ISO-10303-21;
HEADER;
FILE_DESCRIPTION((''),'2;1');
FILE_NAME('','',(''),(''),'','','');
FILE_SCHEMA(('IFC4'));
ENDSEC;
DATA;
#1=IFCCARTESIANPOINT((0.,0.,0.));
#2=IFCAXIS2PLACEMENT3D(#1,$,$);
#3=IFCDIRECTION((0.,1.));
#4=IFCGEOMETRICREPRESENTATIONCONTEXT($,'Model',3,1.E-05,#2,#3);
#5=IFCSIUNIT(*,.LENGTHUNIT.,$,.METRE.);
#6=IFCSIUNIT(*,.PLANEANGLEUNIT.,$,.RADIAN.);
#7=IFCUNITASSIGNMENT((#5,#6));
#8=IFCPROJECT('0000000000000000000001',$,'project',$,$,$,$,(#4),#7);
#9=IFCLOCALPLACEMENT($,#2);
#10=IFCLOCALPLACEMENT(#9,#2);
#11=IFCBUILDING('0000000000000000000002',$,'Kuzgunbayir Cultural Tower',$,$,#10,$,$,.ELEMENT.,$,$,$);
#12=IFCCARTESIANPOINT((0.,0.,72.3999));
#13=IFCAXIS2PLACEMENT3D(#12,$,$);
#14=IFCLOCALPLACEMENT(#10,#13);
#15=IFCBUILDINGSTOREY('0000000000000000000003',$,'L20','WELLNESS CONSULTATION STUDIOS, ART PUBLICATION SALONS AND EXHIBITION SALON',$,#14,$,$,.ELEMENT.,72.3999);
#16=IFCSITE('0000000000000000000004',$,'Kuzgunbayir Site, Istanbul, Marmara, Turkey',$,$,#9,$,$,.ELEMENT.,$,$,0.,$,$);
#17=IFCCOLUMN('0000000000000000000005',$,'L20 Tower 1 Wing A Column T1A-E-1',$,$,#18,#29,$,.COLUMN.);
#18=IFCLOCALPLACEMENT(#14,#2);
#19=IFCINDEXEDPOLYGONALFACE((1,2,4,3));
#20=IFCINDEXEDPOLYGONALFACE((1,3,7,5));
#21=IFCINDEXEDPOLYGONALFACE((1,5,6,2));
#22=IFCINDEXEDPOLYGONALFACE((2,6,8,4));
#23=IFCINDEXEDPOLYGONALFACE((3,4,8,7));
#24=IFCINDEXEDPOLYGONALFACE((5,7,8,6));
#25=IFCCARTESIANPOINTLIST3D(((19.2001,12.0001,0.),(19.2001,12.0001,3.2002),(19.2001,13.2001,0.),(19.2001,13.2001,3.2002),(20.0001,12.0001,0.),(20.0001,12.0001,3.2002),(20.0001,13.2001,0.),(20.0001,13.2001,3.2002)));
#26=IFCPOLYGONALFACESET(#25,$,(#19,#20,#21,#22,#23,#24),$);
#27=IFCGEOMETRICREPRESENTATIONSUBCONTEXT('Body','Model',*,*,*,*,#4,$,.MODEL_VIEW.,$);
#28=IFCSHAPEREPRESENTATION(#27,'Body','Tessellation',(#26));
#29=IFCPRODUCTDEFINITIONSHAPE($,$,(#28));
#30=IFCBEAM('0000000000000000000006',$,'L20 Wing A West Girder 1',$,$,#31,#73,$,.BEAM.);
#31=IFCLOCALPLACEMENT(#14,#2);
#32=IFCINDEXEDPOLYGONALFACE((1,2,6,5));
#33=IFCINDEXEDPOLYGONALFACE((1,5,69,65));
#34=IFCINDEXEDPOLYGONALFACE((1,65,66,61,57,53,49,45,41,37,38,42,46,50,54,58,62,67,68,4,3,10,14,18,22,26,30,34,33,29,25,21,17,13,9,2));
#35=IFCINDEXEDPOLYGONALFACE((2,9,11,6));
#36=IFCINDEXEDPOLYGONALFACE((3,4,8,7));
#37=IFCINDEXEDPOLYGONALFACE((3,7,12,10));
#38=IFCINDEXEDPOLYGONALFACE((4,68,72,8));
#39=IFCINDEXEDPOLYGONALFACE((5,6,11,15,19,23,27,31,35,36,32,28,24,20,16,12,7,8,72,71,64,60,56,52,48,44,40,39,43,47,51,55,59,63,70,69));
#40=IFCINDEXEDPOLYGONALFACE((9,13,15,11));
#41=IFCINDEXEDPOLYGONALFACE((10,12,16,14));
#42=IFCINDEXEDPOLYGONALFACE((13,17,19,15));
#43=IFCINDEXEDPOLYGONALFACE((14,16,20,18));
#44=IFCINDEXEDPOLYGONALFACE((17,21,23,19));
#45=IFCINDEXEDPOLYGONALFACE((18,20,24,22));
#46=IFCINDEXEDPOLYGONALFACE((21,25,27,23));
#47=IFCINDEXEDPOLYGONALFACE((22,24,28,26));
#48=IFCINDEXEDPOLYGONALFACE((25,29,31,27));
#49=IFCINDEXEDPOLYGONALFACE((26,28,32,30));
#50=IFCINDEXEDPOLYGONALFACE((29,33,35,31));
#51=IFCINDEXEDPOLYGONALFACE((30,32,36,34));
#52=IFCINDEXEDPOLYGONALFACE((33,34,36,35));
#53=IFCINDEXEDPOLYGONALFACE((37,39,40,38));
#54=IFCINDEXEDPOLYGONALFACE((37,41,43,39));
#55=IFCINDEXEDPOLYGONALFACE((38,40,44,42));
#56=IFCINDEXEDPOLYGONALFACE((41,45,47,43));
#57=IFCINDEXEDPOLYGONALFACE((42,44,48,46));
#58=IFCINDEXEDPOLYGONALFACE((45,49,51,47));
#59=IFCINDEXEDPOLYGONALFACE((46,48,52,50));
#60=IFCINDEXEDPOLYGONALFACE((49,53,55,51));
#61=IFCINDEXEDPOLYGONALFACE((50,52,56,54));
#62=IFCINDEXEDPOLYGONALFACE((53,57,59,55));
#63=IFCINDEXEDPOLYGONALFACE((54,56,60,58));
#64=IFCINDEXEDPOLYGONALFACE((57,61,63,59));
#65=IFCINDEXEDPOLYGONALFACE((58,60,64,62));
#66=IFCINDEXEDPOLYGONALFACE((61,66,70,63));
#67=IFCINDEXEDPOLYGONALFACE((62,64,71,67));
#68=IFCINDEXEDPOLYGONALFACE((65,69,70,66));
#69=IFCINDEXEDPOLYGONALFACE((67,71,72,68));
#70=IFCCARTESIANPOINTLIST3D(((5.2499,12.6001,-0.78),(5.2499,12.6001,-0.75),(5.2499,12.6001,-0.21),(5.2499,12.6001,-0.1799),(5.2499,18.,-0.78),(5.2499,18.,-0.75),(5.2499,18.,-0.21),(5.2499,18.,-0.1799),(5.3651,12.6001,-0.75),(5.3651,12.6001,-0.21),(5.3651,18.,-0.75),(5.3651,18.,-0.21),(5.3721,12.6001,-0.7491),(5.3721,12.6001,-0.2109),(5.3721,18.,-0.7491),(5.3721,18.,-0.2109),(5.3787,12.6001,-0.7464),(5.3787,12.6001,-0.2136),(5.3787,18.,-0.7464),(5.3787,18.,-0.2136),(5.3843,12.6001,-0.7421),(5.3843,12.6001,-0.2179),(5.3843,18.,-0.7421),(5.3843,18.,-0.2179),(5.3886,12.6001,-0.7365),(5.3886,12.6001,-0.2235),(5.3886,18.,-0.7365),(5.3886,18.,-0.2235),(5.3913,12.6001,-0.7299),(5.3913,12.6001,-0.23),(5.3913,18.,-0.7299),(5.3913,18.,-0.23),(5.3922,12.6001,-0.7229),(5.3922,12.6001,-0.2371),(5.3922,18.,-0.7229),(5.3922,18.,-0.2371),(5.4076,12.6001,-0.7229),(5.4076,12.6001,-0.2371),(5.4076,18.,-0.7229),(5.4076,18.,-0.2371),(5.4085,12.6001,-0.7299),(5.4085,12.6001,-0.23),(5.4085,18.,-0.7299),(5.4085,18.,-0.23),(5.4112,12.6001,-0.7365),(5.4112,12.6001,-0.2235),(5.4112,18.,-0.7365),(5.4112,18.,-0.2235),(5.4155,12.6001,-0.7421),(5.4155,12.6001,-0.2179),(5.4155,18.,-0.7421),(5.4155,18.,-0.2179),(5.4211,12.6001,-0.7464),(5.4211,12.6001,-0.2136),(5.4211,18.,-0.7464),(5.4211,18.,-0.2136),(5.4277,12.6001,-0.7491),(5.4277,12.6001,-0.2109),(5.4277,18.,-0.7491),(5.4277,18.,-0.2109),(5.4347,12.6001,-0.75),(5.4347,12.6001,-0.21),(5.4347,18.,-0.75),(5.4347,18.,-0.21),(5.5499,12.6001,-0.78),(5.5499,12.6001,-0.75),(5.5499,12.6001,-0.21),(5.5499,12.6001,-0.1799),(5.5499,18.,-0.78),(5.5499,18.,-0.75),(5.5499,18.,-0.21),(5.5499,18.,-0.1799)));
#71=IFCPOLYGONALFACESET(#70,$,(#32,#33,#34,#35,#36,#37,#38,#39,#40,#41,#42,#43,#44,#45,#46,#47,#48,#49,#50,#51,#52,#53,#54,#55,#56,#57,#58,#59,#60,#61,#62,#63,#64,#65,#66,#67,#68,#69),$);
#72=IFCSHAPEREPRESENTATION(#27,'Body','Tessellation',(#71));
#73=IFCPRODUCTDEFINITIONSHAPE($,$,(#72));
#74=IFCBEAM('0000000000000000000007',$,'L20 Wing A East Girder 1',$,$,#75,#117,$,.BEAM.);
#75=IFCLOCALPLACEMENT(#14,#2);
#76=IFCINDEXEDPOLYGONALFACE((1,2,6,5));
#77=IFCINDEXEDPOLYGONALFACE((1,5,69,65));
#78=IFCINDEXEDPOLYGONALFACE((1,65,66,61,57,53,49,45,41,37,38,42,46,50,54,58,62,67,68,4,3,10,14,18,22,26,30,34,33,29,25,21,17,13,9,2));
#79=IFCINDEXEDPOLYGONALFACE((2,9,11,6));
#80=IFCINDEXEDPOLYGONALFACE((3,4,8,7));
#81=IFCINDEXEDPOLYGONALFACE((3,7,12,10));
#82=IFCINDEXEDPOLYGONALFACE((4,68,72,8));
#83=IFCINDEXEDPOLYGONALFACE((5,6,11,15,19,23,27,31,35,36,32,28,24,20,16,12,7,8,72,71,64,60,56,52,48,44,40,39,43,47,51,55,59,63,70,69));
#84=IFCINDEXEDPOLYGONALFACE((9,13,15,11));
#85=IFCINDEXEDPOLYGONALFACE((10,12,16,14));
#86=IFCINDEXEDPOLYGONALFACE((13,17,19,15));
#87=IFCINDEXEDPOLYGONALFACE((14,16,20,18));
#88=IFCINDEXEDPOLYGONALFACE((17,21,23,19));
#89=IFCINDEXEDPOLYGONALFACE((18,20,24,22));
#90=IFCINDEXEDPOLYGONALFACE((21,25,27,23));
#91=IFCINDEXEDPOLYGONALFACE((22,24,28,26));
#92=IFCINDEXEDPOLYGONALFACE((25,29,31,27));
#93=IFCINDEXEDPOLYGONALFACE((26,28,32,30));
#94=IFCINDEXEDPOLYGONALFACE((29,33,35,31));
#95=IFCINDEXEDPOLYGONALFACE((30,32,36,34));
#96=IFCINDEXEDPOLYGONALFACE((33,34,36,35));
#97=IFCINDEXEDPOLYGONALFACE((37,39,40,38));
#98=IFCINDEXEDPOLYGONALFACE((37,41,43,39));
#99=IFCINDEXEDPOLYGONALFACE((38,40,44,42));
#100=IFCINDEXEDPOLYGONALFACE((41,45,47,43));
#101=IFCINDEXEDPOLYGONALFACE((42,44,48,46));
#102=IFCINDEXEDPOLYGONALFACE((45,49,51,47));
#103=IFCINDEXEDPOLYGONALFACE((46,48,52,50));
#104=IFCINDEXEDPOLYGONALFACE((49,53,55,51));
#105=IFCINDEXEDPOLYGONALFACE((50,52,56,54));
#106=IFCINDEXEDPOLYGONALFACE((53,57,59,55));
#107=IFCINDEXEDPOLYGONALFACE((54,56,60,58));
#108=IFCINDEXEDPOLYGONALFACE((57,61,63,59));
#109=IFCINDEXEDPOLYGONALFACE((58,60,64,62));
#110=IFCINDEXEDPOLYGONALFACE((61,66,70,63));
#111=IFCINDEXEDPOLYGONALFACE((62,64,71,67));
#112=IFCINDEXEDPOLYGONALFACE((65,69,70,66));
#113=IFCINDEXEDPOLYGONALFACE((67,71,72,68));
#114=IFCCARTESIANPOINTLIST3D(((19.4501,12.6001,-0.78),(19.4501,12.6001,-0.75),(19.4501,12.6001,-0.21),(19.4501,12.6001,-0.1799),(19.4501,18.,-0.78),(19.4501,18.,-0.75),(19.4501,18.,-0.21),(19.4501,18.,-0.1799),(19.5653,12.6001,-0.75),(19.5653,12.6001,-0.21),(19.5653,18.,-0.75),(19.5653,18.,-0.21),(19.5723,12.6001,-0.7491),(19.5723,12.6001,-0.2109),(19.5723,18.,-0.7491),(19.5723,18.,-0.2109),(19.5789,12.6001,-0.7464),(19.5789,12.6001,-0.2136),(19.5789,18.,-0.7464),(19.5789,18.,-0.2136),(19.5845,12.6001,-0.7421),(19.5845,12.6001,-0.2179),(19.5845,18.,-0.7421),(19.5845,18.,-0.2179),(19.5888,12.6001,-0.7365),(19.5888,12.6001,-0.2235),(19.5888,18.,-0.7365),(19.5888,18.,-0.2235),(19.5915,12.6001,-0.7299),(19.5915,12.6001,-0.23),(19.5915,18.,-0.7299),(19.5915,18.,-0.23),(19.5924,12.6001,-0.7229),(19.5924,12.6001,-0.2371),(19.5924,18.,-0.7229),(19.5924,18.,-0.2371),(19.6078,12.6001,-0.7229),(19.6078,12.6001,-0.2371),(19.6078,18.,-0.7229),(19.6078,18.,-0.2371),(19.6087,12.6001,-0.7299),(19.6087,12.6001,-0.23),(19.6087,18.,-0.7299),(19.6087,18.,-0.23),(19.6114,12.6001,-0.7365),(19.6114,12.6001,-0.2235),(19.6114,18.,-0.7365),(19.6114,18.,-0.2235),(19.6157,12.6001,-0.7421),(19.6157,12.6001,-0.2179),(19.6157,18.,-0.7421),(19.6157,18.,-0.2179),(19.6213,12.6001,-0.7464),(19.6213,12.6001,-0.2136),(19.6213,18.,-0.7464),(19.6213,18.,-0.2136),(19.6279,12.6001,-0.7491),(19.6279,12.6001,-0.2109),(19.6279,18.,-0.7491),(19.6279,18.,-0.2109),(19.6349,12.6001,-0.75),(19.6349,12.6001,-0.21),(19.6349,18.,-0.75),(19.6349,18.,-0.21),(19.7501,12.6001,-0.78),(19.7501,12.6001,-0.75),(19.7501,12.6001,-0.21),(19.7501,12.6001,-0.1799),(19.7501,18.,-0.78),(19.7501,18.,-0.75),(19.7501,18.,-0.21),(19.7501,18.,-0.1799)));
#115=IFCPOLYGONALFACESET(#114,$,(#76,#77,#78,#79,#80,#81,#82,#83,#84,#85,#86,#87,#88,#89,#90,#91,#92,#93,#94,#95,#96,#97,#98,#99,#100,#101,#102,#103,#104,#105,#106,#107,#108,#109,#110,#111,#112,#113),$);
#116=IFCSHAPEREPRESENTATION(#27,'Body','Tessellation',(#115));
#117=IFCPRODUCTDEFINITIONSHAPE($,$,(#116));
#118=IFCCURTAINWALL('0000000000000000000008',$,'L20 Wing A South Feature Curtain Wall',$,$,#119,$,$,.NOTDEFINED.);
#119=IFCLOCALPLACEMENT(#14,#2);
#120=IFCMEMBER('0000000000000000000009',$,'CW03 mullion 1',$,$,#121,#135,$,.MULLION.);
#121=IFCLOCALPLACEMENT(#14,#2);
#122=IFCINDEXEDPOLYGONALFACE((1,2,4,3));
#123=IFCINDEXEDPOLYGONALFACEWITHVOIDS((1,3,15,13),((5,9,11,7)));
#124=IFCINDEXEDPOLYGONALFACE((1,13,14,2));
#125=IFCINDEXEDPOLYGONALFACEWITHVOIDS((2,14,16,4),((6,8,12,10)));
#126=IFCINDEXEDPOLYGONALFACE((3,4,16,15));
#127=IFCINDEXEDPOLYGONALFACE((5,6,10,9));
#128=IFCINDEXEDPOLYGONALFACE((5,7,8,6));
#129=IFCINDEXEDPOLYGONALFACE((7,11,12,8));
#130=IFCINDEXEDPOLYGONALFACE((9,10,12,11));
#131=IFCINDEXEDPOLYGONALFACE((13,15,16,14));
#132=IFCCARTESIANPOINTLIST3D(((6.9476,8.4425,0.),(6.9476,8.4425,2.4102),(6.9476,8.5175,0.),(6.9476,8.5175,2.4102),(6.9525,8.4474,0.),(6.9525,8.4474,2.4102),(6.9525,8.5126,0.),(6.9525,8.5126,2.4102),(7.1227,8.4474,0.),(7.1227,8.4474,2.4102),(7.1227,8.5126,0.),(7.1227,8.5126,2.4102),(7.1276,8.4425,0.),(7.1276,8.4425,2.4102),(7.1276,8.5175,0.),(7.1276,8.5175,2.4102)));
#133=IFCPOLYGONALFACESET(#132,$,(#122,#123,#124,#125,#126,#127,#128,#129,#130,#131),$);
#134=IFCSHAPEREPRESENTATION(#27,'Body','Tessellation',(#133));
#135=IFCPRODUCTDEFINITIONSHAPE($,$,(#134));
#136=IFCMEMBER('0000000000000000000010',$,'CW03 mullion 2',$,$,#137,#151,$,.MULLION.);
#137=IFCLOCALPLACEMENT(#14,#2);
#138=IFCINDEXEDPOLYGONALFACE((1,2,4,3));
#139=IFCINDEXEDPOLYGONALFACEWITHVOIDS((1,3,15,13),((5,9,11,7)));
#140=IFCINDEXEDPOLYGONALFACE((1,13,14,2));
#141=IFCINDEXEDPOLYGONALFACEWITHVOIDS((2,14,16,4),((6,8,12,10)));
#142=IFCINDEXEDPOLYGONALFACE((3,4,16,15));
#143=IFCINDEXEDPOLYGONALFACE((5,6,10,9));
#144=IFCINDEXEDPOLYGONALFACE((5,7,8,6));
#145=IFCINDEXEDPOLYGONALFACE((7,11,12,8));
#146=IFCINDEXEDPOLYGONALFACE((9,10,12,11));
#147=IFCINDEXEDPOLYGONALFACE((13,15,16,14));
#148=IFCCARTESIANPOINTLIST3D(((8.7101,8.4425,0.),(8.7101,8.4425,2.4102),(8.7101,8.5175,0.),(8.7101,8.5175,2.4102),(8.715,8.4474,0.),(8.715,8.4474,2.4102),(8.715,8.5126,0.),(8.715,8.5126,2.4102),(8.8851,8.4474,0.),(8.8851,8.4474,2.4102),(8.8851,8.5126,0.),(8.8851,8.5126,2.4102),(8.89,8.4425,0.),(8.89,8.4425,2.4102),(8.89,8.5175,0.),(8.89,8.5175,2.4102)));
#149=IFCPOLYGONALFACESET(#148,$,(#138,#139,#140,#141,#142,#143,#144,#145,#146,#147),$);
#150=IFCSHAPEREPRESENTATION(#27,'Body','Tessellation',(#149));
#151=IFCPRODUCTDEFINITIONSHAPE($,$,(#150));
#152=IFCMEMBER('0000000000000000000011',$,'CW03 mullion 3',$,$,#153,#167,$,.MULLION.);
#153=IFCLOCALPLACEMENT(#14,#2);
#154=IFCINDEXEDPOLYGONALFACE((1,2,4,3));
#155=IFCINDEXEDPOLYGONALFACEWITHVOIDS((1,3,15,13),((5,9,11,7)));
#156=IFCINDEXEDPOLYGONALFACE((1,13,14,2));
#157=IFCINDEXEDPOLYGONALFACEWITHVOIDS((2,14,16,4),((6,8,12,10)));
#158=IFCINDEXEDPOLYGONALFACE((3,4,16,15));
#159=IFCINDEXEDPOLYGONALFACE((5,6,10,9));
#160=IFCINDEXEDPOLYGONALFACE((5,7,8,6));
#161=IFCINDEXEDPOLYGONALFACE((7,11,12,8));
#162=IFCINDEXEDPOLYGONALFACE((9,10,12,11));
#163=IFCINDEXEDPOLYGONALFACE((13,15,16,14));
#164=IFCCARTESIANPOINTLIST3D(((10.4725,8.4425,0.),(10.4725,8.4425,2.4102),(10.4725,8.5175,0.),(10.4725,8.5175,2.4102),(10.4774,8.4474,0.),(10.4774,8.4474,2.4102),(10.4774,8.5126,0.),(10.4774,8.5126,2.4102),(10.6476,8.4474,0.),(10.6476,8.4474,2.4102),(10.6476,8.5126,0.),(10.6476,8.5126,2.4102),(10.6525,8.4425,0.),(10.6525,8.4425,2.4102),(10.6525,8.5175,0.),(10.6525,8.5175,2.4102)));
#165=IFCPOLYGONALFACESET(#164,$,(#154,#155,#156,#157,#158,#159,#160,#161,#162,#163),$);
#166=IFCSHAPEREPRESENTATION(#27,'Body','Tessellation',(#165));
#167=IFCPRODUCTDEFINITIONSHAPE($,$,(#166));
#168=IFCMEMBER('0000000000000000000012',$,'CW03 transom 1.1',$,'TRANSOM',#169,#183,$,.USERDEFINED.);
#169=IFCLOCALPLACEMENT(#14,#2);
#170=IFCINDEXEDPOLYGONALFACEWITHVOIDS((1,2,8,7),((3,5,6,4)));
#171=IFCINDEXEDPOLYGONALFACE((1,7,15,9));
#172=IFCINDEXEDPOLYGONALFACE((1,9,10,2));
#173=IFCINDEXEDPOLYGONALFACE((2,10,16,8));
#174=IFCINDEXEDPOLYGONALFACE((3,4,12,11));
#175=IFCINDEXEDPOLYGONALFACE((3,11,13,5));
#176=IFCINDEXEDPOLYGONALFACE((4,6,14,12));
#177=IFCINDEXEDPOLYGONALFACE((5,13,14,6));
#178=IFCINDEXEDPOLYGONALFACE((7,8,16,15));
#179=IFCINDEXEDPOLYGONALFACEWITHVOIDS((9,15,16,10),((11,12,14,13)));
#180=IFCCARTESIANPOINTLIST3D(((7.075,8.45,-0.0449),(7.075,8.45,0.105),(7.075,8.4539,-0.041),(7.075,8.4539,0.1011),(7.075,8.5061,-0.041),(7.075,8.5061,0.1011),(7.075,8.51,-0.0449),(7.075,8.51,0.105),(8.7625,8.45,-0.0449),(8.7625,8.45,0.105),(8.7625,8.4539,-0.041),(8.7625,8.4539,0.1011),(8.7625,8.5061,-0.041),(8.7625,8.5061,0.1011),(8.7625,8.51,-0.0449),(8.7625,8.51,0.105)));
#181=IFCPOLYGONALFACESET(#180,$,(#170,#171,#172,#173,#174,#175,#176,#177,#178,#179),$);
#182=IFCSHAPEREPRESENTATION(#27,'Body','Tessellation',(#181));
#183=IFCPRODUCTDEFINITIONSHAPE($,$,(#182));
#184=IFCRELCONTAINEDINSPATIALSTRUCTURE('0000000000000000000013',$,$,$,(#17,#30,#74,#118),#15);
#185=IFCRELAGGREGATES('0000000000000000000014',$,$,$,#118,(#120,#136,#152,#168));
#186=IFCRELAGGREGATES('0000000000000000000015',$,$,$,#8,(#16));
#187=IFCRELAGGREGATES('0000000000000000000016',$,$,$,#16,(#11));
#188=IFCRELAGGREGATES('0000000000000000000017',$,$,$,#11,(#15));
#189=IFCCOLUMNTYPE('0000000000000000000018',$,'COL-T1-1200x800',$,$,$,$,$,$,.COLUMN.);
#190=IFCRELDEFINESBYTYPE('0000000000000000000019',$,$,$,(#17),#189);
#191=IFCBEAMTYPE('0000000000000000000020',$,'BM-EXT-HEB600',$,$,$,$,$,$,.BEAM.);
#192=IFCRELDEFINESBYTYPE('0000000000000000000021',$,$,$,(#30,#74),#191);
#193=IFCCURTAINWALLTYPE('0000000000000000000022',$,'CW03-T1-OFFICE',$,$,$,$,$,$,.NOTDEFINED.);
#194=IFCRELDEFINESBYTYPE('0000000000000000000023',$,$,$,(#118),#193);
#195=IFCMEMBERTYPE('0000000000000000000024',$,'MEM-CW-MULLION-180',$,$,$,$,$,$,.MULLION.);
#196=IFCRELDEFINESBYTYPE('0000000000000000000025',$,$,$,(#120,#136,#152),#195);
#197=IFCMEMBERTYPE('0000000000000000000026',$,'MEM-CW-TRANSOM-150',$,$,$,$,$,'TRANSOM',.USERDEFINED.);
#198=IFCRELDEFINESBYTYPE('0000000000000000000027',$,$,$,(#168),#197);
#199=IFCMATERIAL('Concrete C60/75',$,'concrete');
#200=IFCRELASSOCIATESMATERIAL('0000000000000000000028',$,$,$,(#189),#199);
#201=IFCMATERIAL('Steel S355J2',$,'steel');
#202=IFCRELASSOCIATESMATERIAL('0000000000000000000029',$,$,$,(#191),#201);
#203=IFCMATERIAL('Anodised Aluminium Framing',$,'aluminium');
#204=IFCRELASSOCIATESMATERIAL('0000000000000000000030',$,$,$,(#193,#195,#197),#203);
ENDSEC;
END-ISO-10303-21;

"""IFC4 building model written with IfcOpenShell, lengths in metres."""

from ifc_helpers import new_model, si_unit, direction, frame, origin, origin_2d, place, context, subcontext, project, spatial, rectangle, hollow_rectangle, i_section, extrude, material, material_profile, profile_set, type_object, element, aggregate, save


model = new_model("IFC4")

# Units and contexts
model_context = context("Model", 3, precision=1e-05, world=origin(), true_north=direction((0.0, 1.0)))
body_context = subcontext(model_context, "Body", "Model", "MODEL_VIEW")
ifc_project = project(units=[si_unit("LENGTHUNIT", "METRE"), si_unit("PLANEANGLEUNIT", "RADIAN")], contexts=[model_context])

# Site, building, storey
site_placement = place(None, origin())
site = spatial("IfcSite", under=ifc_project, at=site_placement, Name="Kuzgunbayir Site, Istanbul, Marmara, Turkey", CompositionType="ELEMENT", RefElevation=0.0)
building_placement = place(site_placement, origin())
building = spatial("IfcBuilding", under=site, at=building_placement, Name="Kuzgunbayir Cultural Tower", CompositionType="ELEMENT")
storey_placement = place(building_placement, frame((0.0, 0.0, 72.3999)))
storey = spatial("IfcBuildingStorey", under=building, at=storey_placement, Name="L20", Description="WELLNESS CONSULTATION STUDIOS, ART PUBLICATION SALONS AND EXHIBITION SALON", CompositionType="ELEMENT", Elevation=72.3999)

# Column
ifc_material_1 = material(Name="Concrete C60/75", Category="concrete")
ifc_material_profile_1 = material_profile(ifc_material_1, rectangle(XDim=0.8, YDim=1.2, at=origin_2d()), Name="RC 1200x800")
ifc_profile_set_1 = profile_set([ifc_material_profile_1], Name="Concrete C60/75")
column_type = type_object("IfcColumnType", Name="COL-T1-1200x800", PredefinedType="COLUMN", material=ifc_profile_set_1)
column_placement = place(storey_placement, frame((19.6001, 12.6001, 0.0), z_axis=(0.0, 0.0, 1.0), x_axis=(1.0, 0.0, 0.0)))
element("IfcColumn", 1, at=column_placement, inside=storey, type_object=column_type, Name="L20 Tower 1 Wing A Column T1A-E-1", PredefinedType="COLUMN", context=body_context, shape_type="SweptSolid", body=[
    extrude(rectangle(XDim=0.8, YDim=1.2, at=origin_2d()), origin(), (0.0, 0.0, 1.0), 3.2002),
])

# Beams
ifc_material_2 = material(Name="Steel S355J2", Category="steel")
ifc_material_profile_2 = material_profile(ifc_material_2, i_section(OverallWidth=0.3, OverallDepth=0.6001, WebThickness=0.0154, FlangeThickness=0.03, FilletRadius=0.0271, at=origin_2d()), Name="HEB 600")
ifc_profile_set_2 = profile_set([ifc_material_profile_2], Name="Steel S355J2")
beam_type = type_object("IfcBeamType", Name="BM-EXT-HEB600", PredefinedType="BEAM", material=ifc_profile_set_2)
for number, where, z_axis, x_axis, name in (
    (2, (5.3999, 12.6001, -0.48), (0.0, 1.0, 0.0), (-1.0, 0.0, 0.0), "L20 Wing A West Girder 1"),
    (3, (19.6001, 12.6001, -0.48), (0.0, 1.0, 0.0), (-1.0, 0.0, 0.0), "L20 Wing A East Girder 1"),
):
    element("IfcBeam", number, at=place(storey_placement, frame(where, z_axis=z_axis, x_axis=x_axis)), inside=storey, type_object=beam_type, Name=name, PredefinedType="BEAM", context=body_context, shape_type="SweptSolid", body=[
        extrude(i_section(OverallWidth=0.3, OverallDepth=0.6001, WebThickness=0.0154, FlangeThickness=0.03, FilletRadius=0.0271, at=origin_2d()), origin(), (0.0, 0.0, 1.0), 5.3999),
    ])

# Curtain wall, members
ifc_material_3 = material(Name="Anodised Aluminium Framing", Category="aluminium")
curtain_wall_type = type_object("IfcCurtainWallType", Name="CW03-T1-OFFICE", PredefinedType="NOTDEFINED", material=ifc_material_3)
curtain_wall_placement = place(storey_placement, origin())
curtain_wall = element("IfcCurtainWall", 4, at=curtain_wall_placement, inside=storey, type_object=curtain_wall_type, Name="L20 Wing A South Feature Curtain Wall", PredefinedType="NOTDEFINED")
ifc_material_profile_3 = material_profile(ifc_material_3, hollow_rectangle(XDim=0.075, YDim=0.1799, WallThickness=0.0049, at=origin_2d()), Name="RHS 180x75x5")
ifc_profile_set_3 = profile_set([ifc_material_profile_3], Name="Anodised Aluminium Framing")
member_type_1 = type_object("IfcMemberType", Name="MEM-CW-MULLION-180", PredefinedType="MULLION", material=ifc_profile_set_3)
member_1_placement = place(storey_placement, frame((7.0376, 8.48, 0.0), z_axis=(0.0, 0.0, 1.0), x_axis=(0.0, 1.0, 0.0)))
member_1 = element("IfcMember", 5, at=member_1_placement, type_object=member_type_1, Name="CW03 mullion 1", PredefinedType="MULLION", context=body_context, shape_type="SweptSolid", body=[
    extrude(hollow_rectangle(XDim=0.075, YDim=0.1799, WallThickness=0.0049, at=origin_2d()), origin(), (0.0, 0.0, 1.0), 2.4102),
])
member_2_placement = place(storey_placement, frame((8.8, 8.48, 0.0), z_axis=(0.0, 0.0, 1.0), x_axis=(0.0, 1.0, 0.0)))
member_2 = element("IfcMember", 6, at=member_2_placement, type_object=member_type_1, Name="CW03 mullion 2", PredefinedType="MULLION", context=body_context, shape_type="SweptSolid", body=[
    extrude(hollow_rectangle(XDim=0.075, YDim=0.1799, WallThickness=0.0049, at=origin_2d()), origin(), (0.0, 0.0, 1.0), 2.4102),
])
member_3_placement = place(storey_placement, frame((10.5625, 8.48, 0.0), z_axis=(0.0, 0.0, 1.0), x_axis=(0.0, 1.0, 0.0)))
member_3 = element("IfcMember", 7, at=member_3_placement, type_object=member_type_1, Name="CW03 mullion 3", PredefinedType="MULLION", context=body_context, shape_type="SweptSolid", body=[
    extrude(hollow_rectangle(XDim=0.075, YDim=0.1799, WallThickness=0.0049, at=origin_2d()), origin(), (0.0, 0.0, 1.0), 2.4102),
])
ifc_material_profile_4 = material_profile(ifc_material_3, hollow_rectangle(XDim=0.0601, YDim=0.1499, WallThickness=0.0039, at=origin_2d()), Name="RHS 150x60x4")
ifc_profile_set_4 = profile_set([ifc_material_profile_4], Name="Anodised Aluminium Framing")
member_type_2 = type_object("IfcMemberType", Name="MEM-CW-TRANSOM-150", ElementType="TRANSOM", PredefinedType="USERDEFINED", material=ifc_profile_set_4)
member_4_placement = place(storey_placement, frame((7.075, 8.48, 0.03), z_axis=(1.0, 0.0, 0.0), x_axis=(0.0, 1.0, 0.0)))
member_4 = element("IfcMember", 8, at=member_4_placement, type_object=member_type_2, Name="CW03 transom 1.1", ObjectType="TRANSOM", PredefinedType="USERDEFINED", context=body_context, shape_type="SweptSolid", body=[
    extrude(hollow_rectangle(XDim=0.0601, YDim=0.1499, WallThickness=0.0039, at=origin_2d()), origin(), (0.0, 0.0, 1.0), 1.6875),
])
aggregate(curtain_wall, [member_1, member_2, member_3, member_4])

save(model, "model.ifc")
